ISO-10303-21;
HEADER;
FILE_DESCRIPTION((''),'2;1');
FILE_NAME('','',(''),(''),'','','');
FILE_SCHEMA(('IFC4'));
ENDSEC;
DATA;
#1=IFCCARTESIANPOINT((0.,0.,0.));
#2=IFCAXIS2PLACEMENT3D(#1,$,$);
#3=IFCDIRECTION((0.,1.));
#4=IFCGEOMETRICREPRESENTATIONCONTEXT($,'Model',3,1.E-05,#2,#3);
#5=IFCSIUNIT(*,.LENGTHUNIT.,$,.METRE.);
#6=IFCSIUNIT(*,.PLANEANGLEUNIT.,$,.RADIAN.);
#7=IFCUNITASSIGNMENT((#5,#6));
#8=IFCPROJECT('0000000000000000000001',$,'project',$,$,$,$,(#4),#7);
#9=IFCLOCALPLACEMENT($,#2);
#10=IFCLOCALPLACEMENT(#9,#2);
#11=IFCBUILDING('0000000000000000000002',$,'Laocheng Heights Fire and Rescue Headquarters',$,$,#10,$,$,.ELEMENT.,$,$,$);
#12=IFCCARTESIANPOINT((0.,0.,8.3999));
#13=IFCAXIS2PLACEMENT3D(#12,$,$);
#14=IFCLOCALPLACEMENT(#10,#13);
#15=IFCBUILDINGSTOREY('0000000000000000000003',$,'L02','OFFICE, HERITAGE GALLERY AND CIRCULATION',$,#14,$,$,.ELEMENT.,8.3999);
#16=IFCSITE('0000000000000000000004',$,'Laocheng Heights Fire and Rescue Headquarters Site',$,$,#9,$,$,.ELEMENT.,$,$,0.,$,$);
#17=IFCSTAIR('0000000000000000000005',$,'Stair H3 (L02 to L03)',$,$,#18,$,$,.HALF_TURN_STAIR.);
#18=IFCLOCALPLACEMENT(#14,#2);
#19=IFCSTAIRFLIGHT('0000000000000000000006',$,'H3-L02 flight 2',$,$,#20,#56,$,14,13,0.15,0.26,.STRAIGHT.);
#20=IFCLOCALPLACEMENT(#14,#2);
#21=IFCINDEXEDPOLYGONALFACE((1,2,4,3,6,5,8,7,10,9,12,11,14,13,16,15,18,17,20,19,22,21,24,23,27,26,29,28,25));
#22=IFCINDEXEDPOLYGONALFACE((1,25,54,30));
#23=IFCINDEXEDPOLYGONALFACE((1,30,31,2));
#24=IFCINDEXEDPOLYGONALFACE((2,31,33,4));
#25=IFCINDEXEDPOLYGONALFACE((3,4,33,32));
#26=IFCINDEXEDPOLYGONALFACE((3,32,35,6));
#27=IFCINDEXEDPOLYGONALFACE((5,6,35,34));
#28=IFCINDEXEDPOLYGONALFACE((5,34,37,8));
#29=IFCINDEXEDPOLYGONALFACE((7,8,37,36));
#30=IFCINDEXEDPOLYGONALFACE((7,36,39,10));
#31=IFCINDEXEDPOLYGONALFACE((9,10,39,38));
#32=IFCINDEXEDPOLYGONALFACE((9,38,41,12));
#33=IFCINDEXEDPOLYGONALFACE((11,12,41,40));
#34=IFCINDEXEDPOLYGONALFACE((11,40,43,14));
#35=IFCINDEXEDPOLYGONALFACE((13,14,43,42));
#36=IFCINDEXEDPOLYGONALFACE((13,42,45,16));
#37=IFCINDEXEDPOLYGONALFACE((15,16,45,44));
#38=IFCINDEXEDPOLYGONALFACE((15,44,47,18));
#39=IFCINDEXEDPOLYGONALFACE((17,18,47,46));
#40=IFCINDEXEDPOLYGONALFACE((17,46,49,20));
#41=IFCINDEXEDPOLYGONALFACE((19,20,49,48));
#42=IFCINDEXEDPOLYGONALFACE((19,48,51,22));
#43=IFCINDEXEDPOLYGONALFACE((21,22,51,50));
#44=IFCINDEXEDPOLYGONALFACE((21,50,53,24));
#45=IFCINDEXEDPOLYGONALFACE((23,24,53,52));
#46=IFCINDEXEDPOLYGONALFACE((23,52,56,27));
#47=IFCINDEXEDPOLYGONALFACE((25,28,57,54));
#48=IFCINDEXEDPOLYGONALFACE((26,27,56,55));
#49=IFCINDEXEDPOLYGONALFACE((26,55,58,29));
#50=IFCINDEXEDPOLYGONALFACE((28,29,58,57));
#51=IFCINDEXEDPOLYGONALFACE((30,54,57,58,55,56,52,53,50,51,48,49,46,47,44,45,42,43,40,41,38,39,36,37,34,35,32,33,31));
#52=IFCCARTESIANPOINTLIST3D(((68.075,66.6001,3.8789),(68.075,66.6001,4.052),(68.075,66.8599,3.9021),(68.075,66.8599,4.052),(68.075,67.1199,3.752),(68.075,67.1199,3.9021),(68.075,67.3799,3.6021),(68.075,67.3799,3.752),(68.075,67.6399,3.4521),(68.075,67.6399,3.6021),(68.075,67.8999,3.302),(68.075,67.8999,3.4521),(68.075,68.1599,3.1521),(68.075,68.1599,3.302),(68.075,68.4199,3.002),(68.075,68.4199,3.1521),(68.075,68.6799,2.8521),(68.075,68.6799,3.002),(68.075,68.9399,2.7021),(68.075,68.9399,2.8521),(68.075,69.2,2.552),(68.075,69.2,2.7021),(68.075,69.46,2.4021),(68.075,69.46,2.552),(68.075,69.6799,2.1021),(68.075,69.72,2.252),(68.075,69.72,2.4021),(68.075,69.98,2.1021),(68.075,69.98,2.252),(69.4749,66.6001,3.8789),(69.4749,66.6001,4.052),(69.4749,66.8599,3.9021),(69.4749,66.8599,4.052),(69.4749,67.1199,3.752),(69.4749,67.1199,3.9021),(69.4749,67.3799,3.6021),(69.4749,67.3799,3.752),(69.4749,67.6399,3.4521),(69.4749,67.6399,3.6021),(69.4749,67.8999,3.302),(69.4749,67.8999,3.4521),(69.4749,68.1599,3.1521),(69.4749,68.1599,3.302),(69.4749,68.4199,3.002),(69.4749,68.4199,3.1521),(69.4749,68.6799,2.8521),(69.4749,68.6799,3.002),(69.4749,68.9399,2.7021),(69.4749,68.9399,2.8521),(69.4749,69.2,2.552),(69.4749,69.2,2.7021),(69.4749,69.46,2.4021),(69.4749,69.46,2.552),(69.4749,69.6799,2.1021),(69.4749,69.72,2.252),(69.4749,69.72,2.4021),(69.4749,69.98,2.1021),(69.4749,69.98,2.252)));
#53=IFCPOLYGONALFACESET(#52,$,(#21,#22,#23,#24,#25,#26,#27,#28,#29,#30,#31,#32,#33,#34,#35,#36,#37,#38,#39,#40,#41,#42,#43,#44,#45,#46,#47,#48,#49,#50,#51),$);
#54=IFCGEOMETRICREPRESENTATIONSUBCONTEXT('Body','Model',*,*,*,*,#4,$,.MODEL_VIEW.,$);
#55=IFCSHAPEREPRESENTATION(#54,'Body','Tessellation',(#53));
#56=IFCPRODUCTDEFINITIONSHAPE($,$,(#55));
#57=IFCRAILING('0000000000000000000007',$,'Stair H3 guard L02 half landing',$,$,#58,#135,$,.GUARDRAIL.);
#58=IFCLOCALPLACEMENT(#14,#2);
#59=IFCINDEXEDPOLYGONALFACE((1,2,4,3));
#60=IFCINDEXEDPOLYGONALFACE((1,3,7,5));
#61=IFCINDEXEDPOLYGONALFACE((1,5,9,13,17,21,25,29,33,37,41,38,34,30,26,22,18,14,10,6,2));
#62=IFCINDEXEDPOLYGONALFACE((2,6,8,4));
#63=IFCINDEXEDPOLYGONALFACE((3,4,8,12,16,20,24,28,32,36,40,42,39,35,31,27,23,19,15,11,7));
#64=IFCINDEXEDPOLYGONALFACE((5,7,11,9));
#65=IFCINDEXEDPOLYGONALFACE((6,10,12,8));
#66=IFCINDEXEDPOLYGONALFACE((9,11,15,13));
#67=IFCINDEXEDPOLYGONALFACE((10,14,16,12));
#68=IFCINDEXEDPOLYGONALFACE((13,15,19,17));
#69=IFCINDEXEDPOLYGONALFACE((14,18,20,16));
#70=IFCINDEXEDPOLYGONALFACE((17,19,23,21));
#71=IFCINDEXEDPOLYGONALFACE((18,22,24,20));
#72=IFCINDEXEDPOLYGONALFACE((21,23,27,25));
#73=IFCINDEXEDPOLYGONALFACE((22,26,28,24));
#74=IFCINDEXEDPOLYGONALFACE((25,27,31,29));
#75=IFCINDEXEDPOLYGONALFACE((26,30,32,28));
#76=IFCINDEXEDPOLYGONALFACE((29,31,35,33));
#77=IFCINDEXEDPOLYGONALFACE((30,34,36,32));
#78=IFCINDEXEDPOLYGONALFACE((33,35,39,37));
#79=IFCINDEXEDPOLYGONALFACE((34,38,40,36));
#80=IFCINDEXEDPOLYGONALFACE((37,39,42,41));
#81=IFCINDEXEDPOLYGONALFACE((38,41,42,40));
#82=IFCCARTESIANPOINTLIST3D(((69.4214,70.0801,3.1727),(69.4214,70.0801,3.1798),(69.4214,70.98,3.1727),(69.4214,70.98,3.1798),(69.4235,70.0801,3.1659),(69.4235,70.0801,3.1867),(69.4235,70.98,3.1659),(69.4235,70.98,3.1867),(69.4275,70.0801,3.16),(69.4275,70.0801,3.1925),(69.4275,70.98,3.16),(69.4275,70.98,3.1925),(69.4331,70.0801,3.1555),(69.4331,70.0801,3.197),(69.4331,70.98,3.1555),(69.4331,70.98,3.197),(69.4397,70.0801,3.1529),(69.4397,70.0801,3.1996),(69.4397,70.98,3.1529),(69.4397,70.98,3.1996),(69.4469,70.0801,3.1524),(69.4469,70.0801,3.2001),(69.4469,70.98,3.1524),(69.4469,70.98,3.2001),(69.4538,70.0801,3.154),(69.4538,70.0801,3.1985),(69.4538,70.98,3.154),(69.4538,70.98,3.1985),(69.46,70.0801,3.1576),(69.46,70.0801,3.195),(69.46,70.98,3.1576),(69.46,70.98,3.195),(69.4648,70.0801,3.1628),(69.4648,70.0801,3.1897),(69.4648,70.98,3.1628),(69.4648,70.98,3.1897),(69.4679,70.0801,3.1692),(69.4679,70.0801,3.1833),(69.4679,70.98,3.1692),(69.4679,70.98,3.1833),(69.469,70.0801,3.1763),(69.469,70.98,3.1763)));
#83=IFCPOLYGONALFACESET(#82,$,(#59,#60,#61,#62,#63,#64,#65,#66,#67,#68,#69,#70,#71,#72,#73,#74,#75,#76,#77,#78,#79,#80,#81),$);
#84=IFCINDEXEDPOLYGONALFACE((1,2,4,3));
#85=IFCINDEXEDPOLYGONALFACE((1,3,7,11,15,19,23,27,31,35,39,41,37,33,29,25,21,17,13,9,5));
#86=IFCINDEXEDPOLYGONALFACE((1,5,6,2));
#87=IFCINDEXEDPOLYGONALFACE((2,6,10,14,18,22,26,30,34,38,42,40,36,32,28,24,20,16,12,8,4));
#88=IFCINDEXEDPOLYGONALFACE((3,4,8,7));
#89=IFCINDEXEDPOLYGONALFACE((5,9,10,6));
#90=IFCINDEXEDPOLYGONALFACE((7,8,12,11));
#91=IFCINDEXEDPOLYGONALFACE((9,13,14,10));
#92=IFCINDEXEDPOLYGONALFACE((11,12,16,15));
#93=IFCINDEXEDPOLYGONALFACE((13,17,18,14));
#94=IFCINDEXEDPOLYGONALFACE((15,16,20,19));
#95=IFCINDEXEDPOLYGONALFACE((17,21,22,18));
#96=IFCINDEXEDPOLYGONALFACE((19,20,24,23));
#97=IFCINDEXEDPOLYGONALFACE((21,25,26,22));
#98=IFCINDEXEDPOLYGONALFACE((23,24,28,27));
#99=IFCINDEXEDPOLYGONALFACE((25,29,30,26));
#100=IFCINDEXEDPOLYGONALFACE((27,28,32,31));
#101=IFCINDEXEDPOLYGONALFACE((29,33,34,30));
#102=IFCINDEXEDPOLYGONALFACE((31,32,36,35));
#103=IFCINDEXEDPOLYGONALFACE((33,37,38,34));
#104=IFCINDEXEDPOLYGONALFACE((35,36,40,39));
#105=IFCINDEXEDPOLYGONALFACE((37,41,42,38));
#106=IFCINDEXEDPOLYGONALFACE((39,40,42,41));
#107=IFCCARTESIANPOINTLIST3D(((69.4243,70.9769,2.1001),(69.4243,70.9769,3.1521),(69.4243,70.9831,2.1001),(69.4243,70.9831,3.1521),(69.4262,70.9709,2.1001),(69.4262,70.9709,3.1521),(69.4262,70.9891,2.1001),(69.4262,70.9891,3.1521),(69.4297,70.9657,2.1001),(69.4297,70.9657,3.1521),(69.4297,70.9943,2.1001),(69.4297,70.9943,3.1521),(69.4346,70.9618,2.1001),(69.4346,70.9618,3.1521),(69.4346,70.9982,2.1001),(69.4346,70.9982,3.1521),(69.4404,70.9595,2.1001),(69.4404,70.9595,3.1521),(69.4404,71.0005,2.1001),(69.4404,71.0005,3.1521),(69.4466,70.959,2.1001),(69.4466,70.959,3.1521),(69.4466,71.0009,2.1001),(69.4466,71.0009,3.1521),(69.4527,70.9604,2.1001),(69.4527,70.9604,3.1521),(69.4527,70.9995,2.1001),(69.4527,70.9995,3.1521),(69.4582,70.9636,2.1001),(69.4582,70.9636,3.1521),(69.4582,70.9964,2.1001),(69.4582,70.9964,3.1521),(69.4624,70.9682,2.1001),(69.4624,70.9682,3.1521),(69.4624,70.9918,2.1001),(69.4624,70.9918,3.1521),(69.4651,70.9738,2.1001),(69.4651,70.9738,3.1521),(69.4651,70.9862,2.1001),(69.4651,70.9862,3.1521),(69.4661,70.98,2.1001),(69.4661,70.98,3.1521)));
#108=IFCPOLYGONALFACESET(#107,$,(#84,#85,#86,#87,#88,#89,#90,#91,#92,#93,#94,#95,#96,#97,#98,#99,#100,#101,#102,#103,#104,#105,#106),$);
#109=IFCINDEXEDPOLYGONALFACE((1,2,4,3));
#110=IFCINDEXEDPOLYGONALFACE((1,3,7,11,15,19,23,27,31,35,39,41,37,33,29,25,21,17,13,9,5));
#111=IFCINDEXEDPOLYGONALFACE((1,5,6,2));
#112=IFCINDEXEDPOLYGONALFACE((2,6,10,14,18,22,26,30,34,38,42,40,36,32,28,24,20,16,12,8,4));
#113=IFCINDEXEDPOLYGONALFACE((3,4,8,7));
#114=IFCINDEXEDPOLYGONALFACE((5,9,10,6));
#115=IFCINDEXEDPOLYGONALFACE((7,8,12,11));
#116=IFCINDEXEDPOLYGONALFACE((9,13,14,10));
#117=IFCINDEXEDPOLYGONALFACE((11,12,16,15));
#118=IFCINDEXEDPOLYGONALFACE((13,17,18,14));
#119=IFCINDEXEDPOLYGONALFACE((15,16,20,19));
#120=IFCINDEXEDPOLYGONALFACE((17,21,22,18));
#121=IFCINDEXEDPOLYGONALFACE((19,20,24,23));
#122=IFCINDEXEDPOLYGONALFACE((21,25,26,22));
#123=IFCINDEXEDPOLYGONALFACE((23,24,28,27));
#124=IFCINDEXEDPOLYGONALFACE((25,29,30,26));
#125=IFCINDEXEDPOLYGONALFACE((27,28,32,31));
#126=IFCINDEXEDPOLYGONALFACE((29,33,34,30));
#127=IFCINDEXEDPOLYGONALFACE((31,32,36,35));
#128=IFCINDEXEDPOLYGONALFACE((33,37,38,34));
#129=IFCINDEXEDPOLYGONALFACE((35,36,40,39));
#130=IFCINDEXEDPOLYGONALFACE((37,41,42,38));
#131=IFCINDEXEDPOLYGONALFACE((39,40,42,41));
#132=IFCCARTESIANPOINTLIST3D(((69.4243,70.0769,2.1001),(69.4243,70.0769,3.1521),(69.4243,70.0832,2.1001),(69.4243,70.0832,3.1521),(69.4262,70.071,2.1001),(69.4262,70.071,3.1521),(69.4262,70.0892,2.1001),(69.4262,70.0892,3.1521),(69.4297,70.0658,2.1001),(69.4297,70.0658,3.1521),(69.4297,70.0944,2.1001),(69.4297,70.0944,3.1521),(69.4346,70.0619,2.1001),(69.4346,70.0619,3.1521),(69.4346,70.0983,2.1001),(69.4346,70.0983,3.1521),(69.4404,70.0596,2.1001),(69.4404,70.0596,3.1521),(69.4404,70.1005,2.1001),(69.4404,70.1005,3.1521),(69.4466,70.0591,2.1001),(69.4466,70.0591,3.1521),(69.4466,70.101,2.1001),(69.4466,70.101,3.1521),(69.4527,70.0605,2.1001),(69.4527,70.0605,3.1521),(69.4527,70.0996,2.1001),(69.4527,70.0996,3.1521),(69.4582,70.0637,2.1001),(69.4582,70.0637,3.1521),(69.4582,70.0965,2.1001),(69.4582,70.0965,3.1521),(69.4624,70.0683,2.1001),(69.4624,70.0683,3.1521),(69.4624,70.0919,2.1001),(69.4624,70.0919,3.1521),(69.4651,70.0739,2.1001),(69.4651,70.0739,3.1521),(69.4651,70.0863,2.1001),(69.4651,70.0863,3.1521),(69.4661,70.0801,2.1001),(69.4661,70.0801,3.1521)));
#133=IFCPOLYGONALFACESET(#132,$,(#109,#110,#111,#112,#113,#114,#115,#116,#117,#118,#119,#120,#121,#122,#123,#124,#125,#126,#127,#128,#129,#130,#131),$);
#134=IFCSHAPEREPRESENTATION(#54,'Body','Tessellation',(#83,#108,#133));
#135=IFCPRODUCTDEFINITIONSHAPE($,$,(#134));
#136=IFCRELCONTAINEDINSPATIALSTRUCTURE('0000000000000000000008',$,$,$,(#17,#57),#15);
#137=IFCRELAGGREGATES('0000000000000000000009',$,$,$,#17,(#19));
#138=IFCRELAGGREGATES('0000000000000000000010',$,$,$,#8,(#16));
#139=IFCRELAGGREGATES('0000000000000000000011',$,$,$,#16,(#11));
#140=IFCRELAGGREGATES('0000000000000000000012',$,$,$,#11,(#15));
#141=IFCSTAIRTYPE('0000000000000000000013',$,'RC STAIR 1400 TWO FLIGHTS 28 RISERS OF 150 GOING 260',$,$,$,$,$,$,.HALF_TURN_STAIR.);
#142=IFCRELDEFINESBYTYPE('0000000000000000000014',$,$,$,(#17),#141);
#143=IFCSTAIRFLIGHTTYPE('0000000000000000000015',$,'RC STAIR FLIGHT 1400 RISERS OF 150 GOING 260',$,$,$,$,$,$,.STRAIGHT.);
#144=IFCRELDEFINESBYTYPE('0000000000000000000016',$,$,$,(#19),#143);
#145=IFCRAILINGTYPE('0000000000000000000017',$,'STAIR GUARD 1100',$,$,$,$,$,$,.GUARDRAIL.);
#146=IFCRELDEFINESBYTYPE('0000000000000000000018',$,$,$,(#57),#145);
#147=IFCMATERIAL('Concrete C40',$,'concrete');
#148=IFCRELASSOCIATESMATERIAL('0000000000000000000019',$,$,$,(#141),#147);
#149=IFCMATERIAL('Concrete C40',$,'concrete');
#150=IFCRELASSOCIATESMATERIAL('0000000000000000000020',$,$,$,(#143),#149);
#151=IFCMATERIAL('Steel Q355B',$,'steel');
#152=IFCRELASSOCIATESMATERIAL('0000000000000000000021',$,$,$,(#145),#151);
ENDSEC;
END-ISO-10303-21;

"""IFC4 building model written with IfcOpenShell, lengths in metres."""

from ifc_helpers import new_model, si_unit, direction, frame, origin, origin_2d, place, context, subcontext, project, spatial, polyline, circle, outline, extrude, material, type_object, element, aggregate, save


model = new_model("IFC4")

# Units and contexts
model_context = context("Model", 3, precision=1e-05, world=origin(), true_north=direction((0.0, 1.0)))
body_context = subcontext(model_context, "Body", "Model", "MODEL_VIEW")
ifc_project = project(units=[si_unit("LENGTHUNIT", "METRE"), si_unit("PLANEANGLEUNIT", "RADIAN")], contexts=[model_context])

# Site, building, storey
site_placement = place(None, origin())
site = spatial("IfcSite", under=ifc_project, at=site_placement, Name="Laocheng Heights Fire and Rescue Headquarters Site", CompositionType="ELEMENT", RefElevation=0.0)
building_placement = place(site_placement, origin())
building = spatial("IfcBuilding", under=site, at=building_placement, Name="Laocheng Heights Fire and Rescue Headquarters", CompositionType="ELEMENT")
storey_placement = place(building_placement, frame((0.0, 0.0, 8.3999)))
storey = spatial("IfcBuildingStorey", under=building, at=storey_placement, Name="L02", Description="OFFICE, HERITAGE GALLERY AND CIRCULATION", CompositionType="ELEMENT", Elevation=8.3999)

# Stair, stair flight
ifc_material_1 = material(Name="Concrete C40", Category="concrete")
stair_type = type_object("IfcStairType", Name="RC STAIR 1400 TWO FLIGHTS 28 RISERS OF 150 GOING 260", PredefinedType="HALF_TURN_STAIR", material=ifc_material_1)
stair_placement = place(storey_placement, origin())
stair = element("IfcStair", 1, at=stair_placement, inside=storey, type_object=stair_type, Name="Stair H3 (L02 to L03)", PredefinedType="HALF_TURN_STAIR")
ifc_material_2 = material(Name="Concrete C40", Category="concrete")
stair_flight_type = type_object("IfcStairFlightType", Name="RC STAIR FLIGHT 1400 RISERS OF 150 GOING 260", PredefinedType="STRAIGHT", material=ifc_material_2)
stair_flight_1_placement = place(storey_placement, frame((68.7749, 69.98, 2.1021), z_axis=(0.0, 0.0, 1.0), x_axis=(0.0, -1.0, 0.0)))
stair_flight_1 = element("IfcStairFlight", 2, at=stair_flight_1_placement, type_object=stair_flight_type, Name="H3-L02 flight 2", NumberOfRisers=14, NumberOfTreads=13, PredefinedType="STRAIGHT", RiserHeight=0.15, TreadLength=0.26, context=body_context, shape_type="SweptSolid", body=[
    extrude(outline(polyline([(0.0, 0.0), (0.0, 0.1499), (0.26, 0.1499), (0.26, 0.3), (0.52, 0.3), (0.52, 0.45), (0.78, 0.45), (0.78, 0.6001), (1.04, 0.6001), (1.04, 0.75), (1.3, 0.75), (1.3, 0.8999), (1.5601, 0.8999), (1.5601, 1.05), (1.8201, 1.05), (1.8201, 1.2), (2.0801, 1.2), (2.0801, 1.3501), (2.3401, 1.3501), (2.3401, 1.5), (2.6001, 1.5), (2.6001, 1.6499), (2.8601, 1.6499), (2.8601, 1.8), (3.1201, 1.8), (3.1201, 1.95), (3.3799, 1.95), (3.3799, 2.1001), (3.3799, 1.7769), (0.3, 0.0), (0.0, 0.0)])), frame((0.0, 0.7, 0.0), z_axis=(0.0, -1.0, 0.0), x_axis=(1.0, 0.0, 0.0)), (0.0, 0.0, 1.0), 1.3999),
])
aggregate(stair, [stair_flight_1])

# Railing
ifc_material_3 = material(Name="Steel Q355B", Category="steel")
railing_type_1 = type_object("IfcRailingType", Name="STAIR GUARD 1100", PredefinedType="GUARDRAIL", material=ifc_material_3)
railing_1_placement = place(storey_placement, frame((69.4451, 70.98, 2.1001)))
element("IfcRailing", 3, at=railing_1_placement, inside=storey, type_object=railing_type_1, Name="Stair H3 guard L02 half landing", PredefinedType="GUARDRAIL", context=body_context, shape_type="SweptSolid", body=[
    extrude(circle(Radius=0.0239, at=origin_2d()), frame((0.0, 0.0, 1.0762), z_axis=(0.0, -1.0, 0.0), x_axis=(1.0, 0.0, 0.0)), (0.0, 0.0, 1.0), 0.8999),
    extrude(circle(Radius=0.021, at=origin_2d()), origin(), (0.0, 0.0, 1.0), 1.052),
    extrude(circle(Radius=0.021, at=origin_2d()), frame((0.0, -0.8999, 0.0)), (0.0, 0.0, 1.0), 1.052),
])

save(model, "model.ifc")
